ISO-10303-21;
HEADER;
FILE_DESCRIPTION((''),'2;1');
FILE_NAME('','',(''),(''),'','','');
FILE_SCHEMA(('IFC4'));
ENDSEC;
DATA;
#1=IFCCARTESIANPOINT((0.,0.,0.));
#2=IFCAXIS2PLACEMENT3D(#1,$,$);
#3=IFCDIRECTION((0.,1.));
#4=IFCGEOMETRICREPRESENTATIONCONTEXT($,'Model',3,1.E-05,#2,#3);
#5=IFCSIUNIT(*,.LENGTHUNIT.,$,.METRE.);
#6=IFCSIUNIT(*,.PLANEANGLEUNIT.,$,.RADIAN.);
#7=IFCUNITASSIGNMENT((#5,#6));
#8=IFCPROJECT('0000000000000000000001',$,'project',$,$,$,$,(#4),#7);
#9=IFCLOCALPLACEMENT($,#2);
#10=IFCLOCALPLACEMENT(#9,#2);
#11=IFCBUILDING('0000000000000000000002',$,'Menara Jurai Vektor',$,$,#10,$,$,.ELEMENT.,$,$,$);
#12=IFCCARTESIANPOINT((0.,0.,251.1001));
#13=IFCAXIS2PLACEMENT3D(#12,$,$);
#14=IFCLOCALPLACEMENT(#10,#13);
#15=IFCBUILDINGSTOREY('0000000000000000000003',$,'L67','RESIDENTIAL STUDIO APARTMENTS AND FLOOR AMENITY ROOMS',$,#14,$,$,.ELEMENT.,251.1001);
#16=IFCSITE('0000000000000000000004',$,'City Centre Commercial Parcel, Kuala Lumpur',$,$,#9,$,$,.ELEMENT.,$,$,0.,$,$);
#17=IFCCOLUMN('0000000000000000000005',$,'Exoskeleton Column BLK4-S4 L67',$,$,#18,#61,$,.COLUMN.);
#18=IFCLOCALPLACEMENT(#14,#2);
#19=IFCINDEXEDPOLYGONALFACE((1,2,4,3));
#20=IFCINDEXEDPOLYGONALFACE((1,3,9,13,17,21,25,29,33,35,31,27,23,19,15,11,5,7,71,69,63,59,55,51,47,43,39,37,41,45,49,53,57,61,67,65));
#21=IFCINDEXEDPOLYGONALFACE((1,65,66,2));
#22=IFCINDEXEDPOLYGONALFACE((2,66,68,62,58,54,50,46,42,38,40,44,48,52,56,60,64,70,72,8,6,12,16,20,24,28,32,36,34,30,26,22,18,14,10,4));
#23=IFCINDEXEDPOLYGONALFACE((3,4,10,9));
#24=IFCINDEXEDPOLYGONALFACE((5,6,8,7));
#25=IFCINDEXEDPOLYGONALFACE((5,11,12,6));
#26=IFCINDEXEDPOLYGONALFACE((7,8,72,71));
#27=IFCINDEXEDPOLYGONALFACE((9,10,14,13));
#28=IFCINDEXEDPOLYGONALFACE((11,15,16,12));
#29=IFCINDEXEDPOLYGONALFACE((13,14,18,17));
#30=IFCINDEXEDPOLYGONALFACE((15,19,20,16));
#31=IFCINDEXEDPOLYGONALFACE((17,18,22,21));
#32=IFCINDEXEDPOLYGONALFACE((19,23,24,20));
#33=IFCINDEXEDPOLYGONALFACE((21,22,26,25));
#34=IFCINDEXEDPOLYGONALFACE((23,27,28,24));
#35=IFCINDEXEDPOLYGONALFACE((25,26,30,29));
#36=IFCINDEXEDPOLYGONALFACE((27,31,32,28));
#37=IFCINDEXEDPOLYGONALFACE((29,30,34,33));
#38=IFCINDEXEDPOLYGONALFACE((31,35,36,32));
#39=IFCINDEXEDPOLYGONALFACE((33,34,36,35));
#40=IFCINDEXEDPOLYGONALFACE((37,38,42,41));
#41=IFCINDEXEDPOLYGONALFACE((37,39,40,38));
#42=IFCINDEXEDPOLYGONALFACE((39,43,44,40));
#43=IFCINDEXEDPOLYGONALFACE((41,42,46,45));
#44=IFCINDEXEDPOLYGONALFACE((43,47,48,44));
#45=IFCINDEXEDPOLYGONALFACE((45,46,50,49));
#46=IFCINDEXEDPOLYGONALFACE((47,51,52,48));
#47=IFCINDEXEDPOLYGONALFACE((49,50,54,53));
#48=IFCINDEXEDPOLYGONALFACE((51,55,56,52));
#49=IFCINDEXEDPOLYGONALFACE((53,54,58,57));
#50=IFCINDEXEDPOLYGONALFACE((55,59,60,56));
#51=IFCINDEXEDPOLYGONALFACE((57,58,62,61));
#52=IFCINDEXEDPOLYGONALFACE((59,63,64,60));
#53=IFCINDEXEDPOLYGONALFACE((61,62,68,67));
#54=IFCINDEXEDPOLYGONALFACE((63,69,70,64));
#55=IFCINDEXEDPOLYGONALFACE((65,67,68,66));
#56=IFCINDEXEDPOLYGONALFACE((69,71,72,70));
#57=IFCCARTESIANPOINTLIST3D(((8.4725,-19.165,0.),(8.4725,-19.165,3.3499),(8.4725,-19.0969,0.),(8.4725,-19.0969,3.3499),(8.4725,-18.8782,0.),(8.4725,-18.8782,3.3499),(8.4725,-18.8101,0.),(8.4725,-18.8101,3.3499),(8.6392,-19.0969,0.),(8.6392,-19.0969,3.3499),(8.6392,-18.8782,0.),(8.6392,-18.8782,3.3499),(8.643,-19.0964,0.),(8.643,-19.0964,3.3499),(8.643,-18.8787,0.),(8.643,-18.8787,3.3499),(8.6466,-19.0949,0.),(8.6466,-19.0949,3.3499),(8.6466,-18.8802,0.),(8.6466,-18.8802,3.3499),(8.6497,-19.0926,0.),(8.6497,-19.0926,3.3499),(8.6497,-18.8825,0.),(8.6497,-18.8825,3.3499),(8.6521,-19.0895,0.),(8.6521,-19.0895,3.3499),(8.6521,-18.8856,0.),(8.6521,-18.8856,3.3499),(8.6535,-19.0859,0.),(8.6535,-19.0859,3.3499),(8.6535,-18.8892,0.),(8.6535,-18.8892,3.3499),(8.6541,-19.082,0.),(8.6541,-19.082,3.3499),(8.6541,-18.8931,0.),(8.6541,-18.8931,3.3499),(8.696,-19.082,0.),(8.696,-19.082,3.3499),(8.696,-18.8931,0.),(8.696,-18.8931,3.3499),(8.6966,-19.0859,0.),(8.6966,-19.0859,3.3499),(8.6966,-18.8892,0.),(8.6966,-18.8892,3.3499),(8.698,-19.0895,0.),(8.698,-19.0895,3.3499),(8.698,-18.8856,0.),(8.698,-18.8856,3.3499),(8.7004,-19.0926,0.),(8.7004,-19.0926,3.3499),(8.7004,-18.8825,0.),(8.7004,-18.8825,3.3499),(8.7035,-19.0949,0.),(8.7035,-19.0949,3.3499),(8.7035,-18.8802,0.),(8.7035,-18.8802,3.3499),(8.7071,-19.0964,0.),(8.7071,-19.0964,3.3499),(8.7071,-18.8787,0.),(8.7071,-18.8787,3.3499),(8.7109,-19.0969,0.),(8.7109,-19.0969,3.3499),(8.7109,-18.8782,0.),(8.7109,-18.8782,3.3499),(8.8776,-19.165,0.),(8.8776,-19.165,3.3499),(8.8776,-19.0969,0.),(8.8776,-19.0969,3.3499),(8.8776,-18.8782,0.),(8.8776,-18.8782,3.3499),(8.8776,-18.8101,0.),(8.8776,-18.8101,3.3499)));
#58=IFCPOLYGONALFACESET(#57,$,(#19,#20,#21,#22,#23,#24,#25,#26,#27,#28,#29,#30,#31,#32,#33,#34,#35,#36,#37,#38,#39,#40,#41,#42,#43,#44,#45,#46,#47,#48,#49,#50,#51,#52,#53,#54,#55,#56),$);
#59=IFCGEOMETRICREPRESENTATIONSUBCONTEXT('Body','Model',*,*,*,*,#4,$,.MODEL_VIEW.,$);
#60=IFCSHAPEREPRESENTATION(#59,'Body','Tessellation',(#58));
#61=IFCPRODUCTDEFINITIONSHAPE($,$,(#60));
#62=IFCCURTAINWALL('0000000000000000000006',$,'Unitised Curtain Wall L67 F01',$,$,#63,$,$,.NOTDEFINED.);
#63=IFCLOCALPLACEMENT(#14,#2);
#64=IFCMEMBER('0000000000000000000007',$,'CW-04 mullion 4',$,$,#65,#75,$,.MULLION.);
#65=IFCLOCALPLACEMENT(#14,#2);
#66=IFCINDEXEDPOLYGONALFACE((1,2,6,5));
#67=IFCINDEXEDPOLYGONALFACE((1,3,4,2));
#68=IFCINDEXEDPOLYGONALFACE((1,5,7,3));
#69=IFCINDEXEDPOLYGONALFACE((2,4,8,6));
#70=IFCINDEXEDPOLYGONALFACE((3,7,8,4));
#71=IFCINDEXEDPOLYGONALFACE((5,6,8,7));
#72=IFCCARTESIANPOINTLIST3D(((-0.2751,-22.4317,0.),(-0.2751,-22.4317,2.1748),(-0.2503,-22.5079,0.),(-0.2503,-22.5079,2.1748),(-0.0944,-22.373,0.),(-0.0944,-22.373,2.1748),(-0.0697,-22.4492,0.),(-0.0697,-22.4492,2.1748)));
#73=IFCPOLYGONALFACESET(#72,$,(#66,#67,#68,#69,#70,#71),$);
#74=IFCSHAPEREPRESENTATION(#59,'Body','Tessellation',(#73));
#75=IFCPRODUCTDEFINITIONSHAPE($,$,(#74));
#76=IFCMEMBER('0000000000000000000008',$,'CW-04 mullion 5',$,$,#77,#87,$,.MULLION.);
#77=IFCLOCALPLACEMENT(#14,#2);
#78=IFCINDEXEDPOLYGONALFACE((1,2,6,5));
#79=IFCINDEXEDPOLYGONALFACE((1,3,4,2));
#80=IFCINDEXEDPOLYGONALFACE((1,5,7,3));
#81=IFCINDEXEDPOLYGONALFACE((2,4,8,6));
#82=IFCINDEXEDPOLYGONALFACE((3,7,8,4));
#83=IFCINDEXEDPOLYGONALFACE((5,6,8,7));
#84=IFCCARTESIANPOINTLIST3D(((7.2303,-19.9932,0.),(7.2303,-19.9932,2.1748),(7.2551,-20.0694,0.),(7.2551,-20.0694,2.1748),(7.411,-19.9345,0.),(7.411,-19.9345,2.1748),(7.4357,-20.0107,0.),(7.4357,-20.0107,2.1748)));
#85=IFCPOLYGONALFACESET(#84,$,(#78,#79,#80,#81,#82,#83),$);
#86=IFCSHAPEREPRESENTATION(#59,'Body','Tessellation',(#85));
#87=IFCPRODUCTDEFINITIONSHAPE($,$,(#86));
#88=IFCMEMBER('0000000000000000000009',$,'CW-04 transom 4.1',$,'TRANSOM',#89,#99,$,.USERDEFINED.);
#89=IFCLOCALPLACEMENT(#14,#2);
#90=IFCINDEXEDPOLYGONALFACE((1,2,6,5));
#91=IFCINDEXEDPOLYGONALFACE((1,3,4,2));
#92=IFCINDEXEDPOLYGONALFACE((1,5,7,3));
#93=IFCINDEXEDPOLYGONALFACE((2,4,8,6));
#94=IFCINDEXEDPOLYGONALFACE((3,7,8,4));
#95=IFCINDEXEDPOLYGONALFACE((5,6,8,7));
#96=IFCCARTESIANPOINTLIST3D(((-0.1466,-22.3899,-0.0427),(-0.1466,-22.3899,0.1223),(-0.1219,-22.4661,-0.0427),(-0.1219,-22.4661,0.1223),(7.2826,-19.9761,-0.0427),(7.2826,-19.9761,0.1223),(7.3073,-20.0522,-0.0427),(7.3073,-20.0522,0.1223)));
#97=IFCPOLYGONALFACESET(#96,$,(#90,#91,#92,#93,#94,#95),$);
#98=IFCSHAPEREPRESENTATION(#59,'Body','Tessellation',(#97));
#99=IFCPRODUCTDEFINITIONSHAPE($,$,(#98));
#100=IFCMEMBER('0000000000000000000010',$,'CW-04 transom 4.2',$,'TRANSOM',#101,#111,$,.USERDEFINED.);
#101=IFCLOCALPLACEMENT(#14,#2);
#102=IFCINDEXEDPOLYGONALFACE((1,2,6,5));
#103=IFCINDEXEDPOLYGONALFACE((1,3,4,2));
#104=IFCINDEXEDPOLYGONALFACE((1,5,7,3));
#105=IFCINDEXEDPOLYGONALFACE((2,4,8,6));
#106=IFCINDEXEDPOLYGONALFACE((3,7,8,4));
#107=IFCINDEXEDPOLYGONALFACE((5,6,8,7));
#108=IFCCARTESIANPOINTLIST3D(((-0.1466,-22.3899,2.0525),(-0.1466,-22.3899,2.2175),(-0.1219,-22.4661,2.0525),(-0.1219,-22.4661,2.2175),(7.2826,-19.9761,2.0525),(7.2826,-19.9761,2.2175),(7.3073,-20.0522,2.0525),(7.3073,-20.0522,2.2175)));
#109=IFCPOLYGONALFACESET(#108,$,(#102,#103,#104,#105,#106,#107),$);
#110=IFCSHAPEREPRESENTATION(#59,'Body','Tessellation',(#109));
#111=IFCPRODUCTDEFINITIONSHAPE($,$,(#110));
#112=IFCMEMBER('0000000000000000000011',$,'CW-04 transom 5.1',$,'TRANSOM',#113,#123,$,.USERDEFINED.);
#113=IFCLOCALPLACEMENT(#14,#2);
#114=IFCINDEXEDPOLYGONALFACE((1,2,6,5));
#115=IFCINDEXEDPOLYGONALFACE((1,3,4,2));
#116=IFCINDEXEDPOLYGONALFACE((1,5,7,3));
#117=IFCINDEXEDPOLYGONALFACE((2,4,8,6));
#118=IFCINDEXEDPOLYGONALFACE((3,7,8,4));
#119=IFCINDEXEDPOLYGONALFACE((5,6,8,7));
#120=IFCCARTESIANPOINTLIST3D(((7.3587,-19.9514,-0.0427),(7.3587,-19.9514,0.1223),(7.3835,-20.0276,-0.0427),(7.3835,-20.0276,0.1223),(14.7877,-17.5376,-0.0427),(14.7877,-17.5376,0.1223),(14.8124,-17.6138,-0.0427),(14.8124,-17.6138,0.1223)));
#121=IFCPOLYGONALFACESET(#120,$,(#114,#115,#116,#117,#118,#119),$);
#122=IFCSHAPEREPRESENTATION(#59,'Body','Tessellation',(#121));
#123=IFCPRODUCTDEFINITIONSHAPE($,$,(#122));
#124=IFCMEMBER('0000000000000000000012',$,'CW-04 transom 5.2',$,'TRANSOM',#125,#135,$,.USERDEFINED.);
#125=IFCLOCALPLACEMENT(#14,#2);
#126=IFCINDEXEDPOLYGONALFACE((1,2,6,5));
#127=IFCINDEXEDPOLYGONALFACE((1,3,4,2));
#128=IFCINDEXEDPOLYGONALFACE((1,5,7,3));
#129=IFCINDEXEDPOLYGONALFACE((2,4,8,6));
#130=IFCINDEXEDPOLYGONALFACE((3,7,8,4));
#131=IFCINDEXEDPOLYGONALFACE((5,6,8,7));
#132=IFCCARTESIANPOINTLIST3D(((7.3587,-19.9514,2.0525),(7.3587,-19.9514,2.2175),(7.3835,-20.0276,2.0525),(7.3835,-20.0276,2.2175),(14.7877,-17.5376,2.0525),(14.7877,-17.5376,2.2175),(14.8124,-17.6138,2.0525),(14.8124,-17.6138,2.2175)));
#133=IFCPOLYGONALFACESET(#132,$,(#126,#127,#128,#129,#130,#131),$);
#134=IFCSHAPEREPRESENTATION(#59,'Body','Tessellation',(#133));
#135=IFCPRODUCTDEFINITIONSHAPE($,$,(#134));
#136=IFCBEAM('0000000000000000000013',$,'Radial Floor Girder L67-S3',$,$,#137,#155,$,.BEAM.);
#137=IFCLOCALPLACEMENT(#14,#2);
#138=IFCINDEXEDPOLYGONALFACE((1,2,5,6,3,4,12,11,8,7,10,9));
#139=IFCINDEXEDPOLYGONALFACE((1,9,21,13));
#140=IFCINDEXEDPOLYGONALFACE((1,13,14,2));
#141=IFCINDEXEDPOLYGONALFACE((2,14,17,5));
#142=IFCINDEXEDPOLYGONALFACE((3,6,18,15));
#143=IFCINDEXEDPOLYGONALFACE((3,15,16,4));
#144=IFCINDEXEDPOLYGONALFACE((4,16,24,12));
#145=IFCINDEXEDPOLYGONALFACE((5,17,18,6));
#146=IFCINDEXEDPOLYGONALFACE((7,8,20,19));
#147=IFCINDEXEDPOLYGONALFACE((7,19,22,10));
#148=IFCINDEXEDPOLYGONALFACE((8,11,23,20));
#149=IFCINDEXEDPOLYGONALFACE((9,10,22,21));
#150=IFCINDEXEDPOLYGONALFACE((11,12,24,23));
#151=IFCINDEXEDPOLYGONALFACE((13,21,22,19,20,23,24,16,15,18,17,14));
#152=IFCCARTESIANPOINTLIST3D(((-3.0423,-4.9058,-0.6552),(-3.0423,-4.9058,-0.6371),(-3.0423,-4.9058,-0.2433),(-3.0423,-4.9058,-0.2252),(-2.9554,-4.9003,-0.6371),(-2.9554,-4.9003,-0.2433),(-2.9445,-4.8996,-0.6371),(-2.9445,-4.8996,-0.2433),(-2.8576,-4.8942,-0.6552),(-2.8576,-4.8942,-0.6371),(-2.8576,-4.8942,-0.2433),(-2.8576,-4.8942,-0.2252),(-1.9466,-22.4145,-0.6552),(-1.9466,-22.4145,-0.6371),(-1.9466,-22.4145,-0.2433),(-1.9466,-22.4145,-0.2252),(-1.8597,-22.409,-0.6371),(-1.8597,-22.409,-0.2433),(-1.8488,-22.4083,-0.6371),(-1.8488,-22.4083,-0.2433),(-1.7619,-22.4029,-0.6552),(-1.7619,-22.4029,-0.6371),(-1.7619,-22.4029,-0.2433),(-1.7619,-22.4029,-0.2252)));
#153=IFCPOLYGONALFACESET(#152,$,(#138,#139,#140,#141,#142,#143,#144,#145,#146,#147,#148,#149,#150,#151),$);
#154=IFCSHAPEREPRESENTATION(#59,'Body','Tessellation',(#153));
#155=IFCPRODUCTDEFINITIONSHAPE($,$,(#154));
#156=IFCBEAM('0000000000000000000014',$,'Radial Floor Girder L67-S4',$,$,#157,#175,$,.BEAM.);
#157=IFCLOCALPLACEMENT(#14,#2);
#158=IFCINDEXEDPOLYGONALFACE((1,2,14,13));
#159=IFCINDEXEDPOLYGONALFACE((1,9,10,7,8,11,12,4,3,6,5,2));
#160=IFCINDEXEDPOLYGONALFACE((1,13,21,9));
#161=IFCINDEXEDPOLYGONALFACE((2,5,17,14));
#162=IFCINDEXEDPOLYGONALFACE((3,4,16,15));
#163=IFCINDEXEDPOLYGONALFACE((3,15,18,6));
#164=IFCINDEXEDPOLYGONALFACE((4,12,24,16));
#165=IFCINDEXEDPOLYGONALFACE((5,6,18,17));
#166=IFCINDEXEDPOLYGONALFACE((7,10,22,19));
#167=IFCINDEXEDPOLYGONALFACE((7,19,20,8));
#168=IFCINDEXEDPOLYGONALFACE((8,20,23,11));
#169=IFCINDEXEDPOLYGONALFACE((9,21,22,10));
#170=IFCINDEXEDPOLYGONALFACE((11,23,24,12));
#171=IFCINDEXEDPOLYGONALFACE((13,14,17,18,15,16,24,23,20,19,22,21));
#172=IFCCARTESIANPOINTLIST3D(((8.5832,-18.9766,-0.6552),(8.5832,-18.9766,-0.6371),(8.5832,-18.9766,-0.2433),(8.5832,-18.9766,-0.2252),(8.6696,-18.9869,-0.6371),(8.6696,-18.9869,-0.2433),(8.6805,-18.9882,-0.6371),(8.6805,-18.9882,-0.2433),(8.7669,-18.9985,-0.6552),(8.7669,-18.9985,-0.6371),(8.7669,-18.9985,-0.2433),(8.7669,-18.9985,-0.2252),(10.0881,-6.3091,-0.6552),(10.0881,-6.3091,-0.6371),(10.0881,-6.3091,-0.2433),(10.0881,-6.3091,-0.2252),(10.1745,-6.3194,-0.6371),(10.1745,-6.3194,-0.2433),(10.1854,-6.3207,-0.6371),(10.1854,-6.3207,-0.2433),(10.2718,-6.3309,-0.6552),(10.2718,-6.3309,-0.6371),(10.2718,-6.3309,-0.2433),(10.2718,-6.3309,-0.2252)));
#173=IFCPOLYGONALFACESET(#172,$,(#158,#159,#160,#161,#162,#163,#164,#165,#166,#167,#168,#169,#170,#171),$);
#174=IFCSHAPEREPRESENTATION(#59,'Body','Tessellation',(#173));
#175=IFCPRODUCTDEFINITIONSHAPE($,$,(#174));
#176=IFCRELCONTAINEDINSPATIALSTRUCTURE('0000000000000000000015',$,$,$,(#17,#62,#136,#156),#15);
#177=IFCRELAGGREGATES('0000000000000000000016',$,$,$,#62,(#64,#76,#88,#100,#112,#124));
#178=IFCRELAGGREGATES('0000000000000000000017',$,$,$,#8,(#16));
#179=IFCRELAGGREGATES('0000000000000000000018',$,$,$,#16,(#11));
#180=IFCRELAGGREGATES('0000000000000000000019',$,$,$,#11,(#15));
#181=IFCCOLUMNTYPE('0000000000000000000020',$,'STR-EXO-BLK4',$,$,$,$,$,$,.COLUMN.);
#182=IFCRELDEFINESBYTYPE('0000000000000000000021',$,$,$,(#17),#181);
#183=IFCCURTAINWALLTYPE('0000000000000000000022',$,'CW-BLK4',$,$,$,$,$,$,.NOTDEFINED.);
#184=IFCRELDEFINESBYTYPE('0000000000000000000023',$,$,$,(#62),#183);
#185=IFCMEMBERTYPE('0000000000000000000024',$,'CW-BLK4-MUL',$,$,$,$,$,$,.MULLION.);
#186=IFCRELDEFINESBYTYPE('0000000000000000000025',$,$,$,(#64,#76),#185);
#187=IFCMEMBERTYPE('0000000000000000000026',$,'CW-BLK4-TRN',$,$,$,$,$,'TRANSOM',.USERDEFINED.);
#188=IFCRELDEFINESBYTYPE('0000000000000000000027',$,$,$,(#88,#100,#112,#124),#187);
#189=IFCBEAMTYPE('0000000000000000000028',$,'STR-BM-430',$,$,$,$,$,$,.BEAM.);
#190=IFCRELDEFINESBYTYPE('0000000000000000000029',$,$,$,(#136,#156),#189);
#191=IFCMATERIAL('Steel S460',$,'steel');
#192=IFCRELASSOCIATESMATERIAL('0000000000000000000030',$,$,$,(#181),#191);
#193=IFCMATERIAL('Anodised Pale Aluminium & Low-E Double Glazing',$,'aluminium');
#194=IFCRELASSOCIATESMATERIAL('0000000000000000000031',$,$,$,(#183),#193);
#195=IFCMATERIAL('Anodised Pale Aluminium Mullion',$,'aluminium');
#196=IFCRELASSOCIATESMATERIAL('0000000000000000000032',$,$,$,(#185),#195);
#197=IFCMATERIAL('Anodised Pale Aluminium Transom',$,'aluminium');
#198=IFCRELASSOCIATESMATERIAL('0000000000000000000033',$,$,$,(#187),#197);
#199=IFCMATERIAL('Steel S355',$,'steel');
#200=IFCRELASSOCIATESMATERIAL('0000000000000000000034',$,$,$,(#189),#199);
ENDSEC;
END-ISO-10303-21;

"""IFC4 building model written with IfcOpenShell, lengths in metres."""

from ifc_helpers import new_model, si_unit, direction, frame, origin, origin_2d, place, context, subcontext, project, spatial, rectangle, i_section, extrude, material, material_profile, profile_set, type_object, element, aggregate, save


model = new_model("IFC4")

# Units and contexts
model_context = context("Model", 3, precision=1e-05, world=origin(), true_north=direction((0.0, 1.0)))
body_context = subcontext(model_context, "Body", "Model", "MODEL_VIEW")
ifc_project = project(units=[si_unit("LENGTHUNIT", "METRE"), si_unit("PLANEANGLEUNIT", "RADIAN")], contexts=[model_context])

# Site, building, storey
site_placement = place(None, origin())
site = spatial("IfcSite", under=ifc_project, at=site_placement, Name="City Centre Commercial Parcel, Kuala Lumpur", CompositionType="ELEMENT", RefElevation=0.0)
building_placement = place(site_placement, origin())
building = spatial("IfcBuilding", under=site, at=building_placement, Name="Menara Jurai Vektor", CompositionType="ELEMENT")
storey_placement = place(building_placement, frame((0.0, 0.0, 251.1001)))
storey = spatial("IfcBuildingStorey", under=building, at=storey_placement, Name="L67", Description="RESIDENTIAL STUDIO APARTMENTS AND FLOOR AMENITY ROOMS", CompositionType="ELEMENT", Elevation=251.1001)

# Column
ifc_material_1 = material(Name="Steel S460", Category="steel")
ifc_material_profile_1 = material_profile(ifc_material_1, i_section(OverallWidth=0.405, OverallDepth=0.355, WebThickness=0.042, FlangeThickness=0.0681, FilletRadius=0.0149, at=origin_2d()), Name="HD 400x551")
ifc_profile_set_1 = profile_set([ifc_material_profile_1], Name="Steel S460")
column_type = type_object("IfcColumnType", Name="STR-EXO-BLK4", PredefinedType="COLUMN", material=ifc_profile_set_1)
column_placement = place(storey_placement, frame((8.675, -18.9875, 0.0), z_axis=(0.0, 0.0, 1.0), x_axis=(1.0, 0.0, 0.0)))
element("IfcColumn", 1, at=column_placement, inside=storey, type_object=column_type, Name="Exoskeleton Column BLK4-S4 L67", PredefinedType="COLUMN", context=body_context, shape_type="SweptSolid", body=[
    extrude(i_section(OverallWidth=0.405, OverallDepth=0.355, WebThickness=0.042, FlangeThickness=0.0681, FilletRadius=0.0149, at=origin_2d()), origin(), (0.0, 0.0, 1.0), 3.3499),
])

# Curtain wall, members
ifc_material_2 = material(Name="Anodised Pale Aluminium & Low-E Double Glazing", Category="aluminium")
curtain_wall_type = type_object("IfcCurtainWallType", Name="CW-BLK4", PredefinedType="NOTDEFINED", material=ifc_material_2)
curtain_wall_placement = place(storey_placement, origin())
curtain_wall = element("IfcCurtainWall", 2, at=curtain_wall_placement, inside=storey, type_object=curtain_wall_type, Name="Unitised Curtain Wall L67 F01", PredefinedType="NOTDEFINED")
ifc_material_3 = material(Name="Anodised Pale Aluminium Mullion", Category="aluminium")
ifc_material_profile_2 = material_profile(ifc_material_3, rectangle(XDim=0.0801, YDim=0.1899, at=origin_2d()), Name="ALU MUL 80x190")
ifc_profile_set_2 = profile_set([ifc_material_profile_2], Name="Anodised Pale Aluminium Mullion")
member_type_1 = type_object("IfcMemberType", Name="CW-BLK4-MUL", PredefinedType="MULLION", material=ifc_profile_set_2)
member_1_placement = place(storey_placement, frame((-0.1724, -22.4404, 0.0), z_axis=(0.0, 0.0, 1.0), x_axis=(-0.309017, 0.951056, 0.0)))
member_1 = element("IfcMember", 3, at=member_1_placement, type_object=member_type_1, Name="CW-04 mullion 4", PredefinedType="MULLION", context=body_context, shape_type="SweptSolid", body=[
    extrude(rectangle(XDim=0.0801, YDim=0.1899, at=origin_2d()), origin(), (0.0, 0.0, 1.0), 2.1748),
])
member_2_placement = place(storey_placement, frame((7.333, -20.002, 0.0), z_axis=(0.0, 0.0, 1.0), x_axis=(-0.309017, 0.951056, 0.0)))
member_2 = element("IfcMember", 4, at=member_2_placement, type_object=member_type_1, Name="CW-04 mullion 5", PredefinedType="MULLION", context=body_context, shape_type="SweptSolid", body=[
    extrude(rectangle(XDim=0.0801, YDim=0.1899, at=origin_2d()), origin(), (0.0, 0.0, 1.0), 2.1748),
])
ifc_material_4 = material(Name="Anodised Pale Aluminium Transom", Category="aluminium")
ifc_material_profile_3 = material_profile(ifc_material_4, rectangle(XDim=0.0801, YDim=0.165, at=origin_2d()), Name="ALU TRN 80x165")
ifc_profile_set_3 = profile_set([ifc_material_profile_3], Name="Anodised Pale Aluminium Transom")
member_type_2 = type_object("IfcMemberType", Name="CW-BLK4-TRN", ElementType="TRANSOM", PredefinedType="USERDEFINED", material=ifc_profile_set_3)
member_3_placement = place(storey_placement, frame((-0.1343, -22.428, 0.0398), z_axis=(0.951059, 0.309008, 0.0), x_axis=(-0.309008, 0.951059, 0.0)))
member_3 = element("IfcMember", 5, at=member_3_placement, type_object=member_type_2, Name="CW-04 transom 4.1", ObjectType="TRANSOM", PredefinedType="USERDEFINED", context=body_context, shape_type="SweptSolid", body=[
    extrude(rectangle(XDim=0.0801, YDim=0.165, at=origin_2d()), origin(), (0.0, 0.0, 1.0), 7.8115),
])
member_4_placement = place(storey_placement, frame((-0.1343, -22.428, 2.135), z_axis=(0.951059, 0.309008, 0.0), x_axis=(-0.309008, 0.951059, 0.0)))
member_4 = element("IfcMember", 6, at=member_4_placement, type_object=member_type_2, Name="CW-04 transom 4.2", ObjectType="TRANSOM", PredefinedType="USERDEFINED", context=body_context, shape_type="SweptSolid", body=[
    extrude(rectangle(XDim=0.0801, YDim=0.165, at=origin_2d()), origin(), (0.0, 0.0, 1.0), 7.8115),
])
member_5_placement = place(storey_placement, frame((7.3711, -19.9895, 0.0398), z_axis=(0.951056, 0.309018, 0.0), x_axis=(-0.309018, 0.951056, 0.0)))
member_5 = element("IfcMember", 7, at=member_5_placement, type_object=member_type_2, Name="CW-04 transom 5.1", ObjectType="TRANSOM", PredefinedType="USERDEFINED", context=body_context, shape_type="SweptSolid", body=[
    extrude(rectangle(XDim=0.0801, YDim=0.165, at=origin_2d()), origin(), (0.0, 0.0, 1.0), 7.8113),
])
member_6_placement = place(storey_placement, frame((7.3711, -19.9895, 2.135), z_axis=(0.951056, 0.309018, 0.0), x_axis=(-0.309018, 0.951056, 0.0)))
member_6 = element("IfcMember", 8, at=member_6_placement, type_object=member_type_2, Name="CW-04 transom 5.2", ObjectType="TRANSOM", PredefinedType="USERDEFINED", context=body_context, shape_type="SweptSolid", body=[
    extrude(rectangle(XDim=0.0801, YDim=0.165, at=origin_2d()), origin(), (0.0, 0.0, 1.0), 7.8113),
])

# Beams
ifc_material_5 = material(Name="Steel S355", Category="steel")
ifc_material_profile_4 = material_profile(ifc_material_5, i_section(OverallWidth=0.1851, OverallDepth=0.4299, WebThickness=0.011, FlangeThickness=0.0181, at=origin_2d()), Name="PG 430x185x76")
ifc_profile_set_4 = profile_set([ifc_material_profile_4], Name="Steel S355")
beam_type_1 = type_object("IfcBeamType", Name="STR-BM-430", PredefinedType="BEAM", material=ifc_profile_set_4)
beam_1_placement = place(storey_placement, frame((-1.8542, -22.4087, -0.4402), z_axis=(-0.062458, 0.998048, 0.0), x_axis=(-0.998048, -0.062458, 0.0)))
element("IfcBeam", 9, at=beam_1_placement, inside=storey, type_object=beam_type_1, Name="Radial Floor Girder L67-S3", PredefinedType="BEAM", context=body_context, shape_type="SweptSolid", body=[
    extrude(i_section(OverallWidth=0.1851, OverallDepth=0.4299, WebThickness=0.011, FlangeThickness=0.0181, at=origin_2d()), origin(), (0.0, 0.0, 1.0), 17.543),
])
beam_2_placement = place(storey_placement, frame((8.675, -18.9875, -0.4402), z_axis=(0.117969, 0.993017, 0.0), x_axis=(-0.993017, 0.117969, 0.0)))
element("IfcBeam", 10, at=beam_2_placement, inside=storey, type_object=beam_type_1, Name="Radial Floor Girder L67-S4", PredefinedType="BEAM", context=body_context, shape_type="SweptSolid", body=[
    extrude(i_section(OverallWidth=0.1851, OverallDepth=0.4299, WebThickness=0.011, FlangeThickness=0.0181, at=origin_2d()), origin(), (0.0, 0.0, 1.0), 12.7566),
])

aggregate(curtain_wall, [member_1, member_2, member_3, member_4, member_5, member_6])

save(model, "model.ifc")
